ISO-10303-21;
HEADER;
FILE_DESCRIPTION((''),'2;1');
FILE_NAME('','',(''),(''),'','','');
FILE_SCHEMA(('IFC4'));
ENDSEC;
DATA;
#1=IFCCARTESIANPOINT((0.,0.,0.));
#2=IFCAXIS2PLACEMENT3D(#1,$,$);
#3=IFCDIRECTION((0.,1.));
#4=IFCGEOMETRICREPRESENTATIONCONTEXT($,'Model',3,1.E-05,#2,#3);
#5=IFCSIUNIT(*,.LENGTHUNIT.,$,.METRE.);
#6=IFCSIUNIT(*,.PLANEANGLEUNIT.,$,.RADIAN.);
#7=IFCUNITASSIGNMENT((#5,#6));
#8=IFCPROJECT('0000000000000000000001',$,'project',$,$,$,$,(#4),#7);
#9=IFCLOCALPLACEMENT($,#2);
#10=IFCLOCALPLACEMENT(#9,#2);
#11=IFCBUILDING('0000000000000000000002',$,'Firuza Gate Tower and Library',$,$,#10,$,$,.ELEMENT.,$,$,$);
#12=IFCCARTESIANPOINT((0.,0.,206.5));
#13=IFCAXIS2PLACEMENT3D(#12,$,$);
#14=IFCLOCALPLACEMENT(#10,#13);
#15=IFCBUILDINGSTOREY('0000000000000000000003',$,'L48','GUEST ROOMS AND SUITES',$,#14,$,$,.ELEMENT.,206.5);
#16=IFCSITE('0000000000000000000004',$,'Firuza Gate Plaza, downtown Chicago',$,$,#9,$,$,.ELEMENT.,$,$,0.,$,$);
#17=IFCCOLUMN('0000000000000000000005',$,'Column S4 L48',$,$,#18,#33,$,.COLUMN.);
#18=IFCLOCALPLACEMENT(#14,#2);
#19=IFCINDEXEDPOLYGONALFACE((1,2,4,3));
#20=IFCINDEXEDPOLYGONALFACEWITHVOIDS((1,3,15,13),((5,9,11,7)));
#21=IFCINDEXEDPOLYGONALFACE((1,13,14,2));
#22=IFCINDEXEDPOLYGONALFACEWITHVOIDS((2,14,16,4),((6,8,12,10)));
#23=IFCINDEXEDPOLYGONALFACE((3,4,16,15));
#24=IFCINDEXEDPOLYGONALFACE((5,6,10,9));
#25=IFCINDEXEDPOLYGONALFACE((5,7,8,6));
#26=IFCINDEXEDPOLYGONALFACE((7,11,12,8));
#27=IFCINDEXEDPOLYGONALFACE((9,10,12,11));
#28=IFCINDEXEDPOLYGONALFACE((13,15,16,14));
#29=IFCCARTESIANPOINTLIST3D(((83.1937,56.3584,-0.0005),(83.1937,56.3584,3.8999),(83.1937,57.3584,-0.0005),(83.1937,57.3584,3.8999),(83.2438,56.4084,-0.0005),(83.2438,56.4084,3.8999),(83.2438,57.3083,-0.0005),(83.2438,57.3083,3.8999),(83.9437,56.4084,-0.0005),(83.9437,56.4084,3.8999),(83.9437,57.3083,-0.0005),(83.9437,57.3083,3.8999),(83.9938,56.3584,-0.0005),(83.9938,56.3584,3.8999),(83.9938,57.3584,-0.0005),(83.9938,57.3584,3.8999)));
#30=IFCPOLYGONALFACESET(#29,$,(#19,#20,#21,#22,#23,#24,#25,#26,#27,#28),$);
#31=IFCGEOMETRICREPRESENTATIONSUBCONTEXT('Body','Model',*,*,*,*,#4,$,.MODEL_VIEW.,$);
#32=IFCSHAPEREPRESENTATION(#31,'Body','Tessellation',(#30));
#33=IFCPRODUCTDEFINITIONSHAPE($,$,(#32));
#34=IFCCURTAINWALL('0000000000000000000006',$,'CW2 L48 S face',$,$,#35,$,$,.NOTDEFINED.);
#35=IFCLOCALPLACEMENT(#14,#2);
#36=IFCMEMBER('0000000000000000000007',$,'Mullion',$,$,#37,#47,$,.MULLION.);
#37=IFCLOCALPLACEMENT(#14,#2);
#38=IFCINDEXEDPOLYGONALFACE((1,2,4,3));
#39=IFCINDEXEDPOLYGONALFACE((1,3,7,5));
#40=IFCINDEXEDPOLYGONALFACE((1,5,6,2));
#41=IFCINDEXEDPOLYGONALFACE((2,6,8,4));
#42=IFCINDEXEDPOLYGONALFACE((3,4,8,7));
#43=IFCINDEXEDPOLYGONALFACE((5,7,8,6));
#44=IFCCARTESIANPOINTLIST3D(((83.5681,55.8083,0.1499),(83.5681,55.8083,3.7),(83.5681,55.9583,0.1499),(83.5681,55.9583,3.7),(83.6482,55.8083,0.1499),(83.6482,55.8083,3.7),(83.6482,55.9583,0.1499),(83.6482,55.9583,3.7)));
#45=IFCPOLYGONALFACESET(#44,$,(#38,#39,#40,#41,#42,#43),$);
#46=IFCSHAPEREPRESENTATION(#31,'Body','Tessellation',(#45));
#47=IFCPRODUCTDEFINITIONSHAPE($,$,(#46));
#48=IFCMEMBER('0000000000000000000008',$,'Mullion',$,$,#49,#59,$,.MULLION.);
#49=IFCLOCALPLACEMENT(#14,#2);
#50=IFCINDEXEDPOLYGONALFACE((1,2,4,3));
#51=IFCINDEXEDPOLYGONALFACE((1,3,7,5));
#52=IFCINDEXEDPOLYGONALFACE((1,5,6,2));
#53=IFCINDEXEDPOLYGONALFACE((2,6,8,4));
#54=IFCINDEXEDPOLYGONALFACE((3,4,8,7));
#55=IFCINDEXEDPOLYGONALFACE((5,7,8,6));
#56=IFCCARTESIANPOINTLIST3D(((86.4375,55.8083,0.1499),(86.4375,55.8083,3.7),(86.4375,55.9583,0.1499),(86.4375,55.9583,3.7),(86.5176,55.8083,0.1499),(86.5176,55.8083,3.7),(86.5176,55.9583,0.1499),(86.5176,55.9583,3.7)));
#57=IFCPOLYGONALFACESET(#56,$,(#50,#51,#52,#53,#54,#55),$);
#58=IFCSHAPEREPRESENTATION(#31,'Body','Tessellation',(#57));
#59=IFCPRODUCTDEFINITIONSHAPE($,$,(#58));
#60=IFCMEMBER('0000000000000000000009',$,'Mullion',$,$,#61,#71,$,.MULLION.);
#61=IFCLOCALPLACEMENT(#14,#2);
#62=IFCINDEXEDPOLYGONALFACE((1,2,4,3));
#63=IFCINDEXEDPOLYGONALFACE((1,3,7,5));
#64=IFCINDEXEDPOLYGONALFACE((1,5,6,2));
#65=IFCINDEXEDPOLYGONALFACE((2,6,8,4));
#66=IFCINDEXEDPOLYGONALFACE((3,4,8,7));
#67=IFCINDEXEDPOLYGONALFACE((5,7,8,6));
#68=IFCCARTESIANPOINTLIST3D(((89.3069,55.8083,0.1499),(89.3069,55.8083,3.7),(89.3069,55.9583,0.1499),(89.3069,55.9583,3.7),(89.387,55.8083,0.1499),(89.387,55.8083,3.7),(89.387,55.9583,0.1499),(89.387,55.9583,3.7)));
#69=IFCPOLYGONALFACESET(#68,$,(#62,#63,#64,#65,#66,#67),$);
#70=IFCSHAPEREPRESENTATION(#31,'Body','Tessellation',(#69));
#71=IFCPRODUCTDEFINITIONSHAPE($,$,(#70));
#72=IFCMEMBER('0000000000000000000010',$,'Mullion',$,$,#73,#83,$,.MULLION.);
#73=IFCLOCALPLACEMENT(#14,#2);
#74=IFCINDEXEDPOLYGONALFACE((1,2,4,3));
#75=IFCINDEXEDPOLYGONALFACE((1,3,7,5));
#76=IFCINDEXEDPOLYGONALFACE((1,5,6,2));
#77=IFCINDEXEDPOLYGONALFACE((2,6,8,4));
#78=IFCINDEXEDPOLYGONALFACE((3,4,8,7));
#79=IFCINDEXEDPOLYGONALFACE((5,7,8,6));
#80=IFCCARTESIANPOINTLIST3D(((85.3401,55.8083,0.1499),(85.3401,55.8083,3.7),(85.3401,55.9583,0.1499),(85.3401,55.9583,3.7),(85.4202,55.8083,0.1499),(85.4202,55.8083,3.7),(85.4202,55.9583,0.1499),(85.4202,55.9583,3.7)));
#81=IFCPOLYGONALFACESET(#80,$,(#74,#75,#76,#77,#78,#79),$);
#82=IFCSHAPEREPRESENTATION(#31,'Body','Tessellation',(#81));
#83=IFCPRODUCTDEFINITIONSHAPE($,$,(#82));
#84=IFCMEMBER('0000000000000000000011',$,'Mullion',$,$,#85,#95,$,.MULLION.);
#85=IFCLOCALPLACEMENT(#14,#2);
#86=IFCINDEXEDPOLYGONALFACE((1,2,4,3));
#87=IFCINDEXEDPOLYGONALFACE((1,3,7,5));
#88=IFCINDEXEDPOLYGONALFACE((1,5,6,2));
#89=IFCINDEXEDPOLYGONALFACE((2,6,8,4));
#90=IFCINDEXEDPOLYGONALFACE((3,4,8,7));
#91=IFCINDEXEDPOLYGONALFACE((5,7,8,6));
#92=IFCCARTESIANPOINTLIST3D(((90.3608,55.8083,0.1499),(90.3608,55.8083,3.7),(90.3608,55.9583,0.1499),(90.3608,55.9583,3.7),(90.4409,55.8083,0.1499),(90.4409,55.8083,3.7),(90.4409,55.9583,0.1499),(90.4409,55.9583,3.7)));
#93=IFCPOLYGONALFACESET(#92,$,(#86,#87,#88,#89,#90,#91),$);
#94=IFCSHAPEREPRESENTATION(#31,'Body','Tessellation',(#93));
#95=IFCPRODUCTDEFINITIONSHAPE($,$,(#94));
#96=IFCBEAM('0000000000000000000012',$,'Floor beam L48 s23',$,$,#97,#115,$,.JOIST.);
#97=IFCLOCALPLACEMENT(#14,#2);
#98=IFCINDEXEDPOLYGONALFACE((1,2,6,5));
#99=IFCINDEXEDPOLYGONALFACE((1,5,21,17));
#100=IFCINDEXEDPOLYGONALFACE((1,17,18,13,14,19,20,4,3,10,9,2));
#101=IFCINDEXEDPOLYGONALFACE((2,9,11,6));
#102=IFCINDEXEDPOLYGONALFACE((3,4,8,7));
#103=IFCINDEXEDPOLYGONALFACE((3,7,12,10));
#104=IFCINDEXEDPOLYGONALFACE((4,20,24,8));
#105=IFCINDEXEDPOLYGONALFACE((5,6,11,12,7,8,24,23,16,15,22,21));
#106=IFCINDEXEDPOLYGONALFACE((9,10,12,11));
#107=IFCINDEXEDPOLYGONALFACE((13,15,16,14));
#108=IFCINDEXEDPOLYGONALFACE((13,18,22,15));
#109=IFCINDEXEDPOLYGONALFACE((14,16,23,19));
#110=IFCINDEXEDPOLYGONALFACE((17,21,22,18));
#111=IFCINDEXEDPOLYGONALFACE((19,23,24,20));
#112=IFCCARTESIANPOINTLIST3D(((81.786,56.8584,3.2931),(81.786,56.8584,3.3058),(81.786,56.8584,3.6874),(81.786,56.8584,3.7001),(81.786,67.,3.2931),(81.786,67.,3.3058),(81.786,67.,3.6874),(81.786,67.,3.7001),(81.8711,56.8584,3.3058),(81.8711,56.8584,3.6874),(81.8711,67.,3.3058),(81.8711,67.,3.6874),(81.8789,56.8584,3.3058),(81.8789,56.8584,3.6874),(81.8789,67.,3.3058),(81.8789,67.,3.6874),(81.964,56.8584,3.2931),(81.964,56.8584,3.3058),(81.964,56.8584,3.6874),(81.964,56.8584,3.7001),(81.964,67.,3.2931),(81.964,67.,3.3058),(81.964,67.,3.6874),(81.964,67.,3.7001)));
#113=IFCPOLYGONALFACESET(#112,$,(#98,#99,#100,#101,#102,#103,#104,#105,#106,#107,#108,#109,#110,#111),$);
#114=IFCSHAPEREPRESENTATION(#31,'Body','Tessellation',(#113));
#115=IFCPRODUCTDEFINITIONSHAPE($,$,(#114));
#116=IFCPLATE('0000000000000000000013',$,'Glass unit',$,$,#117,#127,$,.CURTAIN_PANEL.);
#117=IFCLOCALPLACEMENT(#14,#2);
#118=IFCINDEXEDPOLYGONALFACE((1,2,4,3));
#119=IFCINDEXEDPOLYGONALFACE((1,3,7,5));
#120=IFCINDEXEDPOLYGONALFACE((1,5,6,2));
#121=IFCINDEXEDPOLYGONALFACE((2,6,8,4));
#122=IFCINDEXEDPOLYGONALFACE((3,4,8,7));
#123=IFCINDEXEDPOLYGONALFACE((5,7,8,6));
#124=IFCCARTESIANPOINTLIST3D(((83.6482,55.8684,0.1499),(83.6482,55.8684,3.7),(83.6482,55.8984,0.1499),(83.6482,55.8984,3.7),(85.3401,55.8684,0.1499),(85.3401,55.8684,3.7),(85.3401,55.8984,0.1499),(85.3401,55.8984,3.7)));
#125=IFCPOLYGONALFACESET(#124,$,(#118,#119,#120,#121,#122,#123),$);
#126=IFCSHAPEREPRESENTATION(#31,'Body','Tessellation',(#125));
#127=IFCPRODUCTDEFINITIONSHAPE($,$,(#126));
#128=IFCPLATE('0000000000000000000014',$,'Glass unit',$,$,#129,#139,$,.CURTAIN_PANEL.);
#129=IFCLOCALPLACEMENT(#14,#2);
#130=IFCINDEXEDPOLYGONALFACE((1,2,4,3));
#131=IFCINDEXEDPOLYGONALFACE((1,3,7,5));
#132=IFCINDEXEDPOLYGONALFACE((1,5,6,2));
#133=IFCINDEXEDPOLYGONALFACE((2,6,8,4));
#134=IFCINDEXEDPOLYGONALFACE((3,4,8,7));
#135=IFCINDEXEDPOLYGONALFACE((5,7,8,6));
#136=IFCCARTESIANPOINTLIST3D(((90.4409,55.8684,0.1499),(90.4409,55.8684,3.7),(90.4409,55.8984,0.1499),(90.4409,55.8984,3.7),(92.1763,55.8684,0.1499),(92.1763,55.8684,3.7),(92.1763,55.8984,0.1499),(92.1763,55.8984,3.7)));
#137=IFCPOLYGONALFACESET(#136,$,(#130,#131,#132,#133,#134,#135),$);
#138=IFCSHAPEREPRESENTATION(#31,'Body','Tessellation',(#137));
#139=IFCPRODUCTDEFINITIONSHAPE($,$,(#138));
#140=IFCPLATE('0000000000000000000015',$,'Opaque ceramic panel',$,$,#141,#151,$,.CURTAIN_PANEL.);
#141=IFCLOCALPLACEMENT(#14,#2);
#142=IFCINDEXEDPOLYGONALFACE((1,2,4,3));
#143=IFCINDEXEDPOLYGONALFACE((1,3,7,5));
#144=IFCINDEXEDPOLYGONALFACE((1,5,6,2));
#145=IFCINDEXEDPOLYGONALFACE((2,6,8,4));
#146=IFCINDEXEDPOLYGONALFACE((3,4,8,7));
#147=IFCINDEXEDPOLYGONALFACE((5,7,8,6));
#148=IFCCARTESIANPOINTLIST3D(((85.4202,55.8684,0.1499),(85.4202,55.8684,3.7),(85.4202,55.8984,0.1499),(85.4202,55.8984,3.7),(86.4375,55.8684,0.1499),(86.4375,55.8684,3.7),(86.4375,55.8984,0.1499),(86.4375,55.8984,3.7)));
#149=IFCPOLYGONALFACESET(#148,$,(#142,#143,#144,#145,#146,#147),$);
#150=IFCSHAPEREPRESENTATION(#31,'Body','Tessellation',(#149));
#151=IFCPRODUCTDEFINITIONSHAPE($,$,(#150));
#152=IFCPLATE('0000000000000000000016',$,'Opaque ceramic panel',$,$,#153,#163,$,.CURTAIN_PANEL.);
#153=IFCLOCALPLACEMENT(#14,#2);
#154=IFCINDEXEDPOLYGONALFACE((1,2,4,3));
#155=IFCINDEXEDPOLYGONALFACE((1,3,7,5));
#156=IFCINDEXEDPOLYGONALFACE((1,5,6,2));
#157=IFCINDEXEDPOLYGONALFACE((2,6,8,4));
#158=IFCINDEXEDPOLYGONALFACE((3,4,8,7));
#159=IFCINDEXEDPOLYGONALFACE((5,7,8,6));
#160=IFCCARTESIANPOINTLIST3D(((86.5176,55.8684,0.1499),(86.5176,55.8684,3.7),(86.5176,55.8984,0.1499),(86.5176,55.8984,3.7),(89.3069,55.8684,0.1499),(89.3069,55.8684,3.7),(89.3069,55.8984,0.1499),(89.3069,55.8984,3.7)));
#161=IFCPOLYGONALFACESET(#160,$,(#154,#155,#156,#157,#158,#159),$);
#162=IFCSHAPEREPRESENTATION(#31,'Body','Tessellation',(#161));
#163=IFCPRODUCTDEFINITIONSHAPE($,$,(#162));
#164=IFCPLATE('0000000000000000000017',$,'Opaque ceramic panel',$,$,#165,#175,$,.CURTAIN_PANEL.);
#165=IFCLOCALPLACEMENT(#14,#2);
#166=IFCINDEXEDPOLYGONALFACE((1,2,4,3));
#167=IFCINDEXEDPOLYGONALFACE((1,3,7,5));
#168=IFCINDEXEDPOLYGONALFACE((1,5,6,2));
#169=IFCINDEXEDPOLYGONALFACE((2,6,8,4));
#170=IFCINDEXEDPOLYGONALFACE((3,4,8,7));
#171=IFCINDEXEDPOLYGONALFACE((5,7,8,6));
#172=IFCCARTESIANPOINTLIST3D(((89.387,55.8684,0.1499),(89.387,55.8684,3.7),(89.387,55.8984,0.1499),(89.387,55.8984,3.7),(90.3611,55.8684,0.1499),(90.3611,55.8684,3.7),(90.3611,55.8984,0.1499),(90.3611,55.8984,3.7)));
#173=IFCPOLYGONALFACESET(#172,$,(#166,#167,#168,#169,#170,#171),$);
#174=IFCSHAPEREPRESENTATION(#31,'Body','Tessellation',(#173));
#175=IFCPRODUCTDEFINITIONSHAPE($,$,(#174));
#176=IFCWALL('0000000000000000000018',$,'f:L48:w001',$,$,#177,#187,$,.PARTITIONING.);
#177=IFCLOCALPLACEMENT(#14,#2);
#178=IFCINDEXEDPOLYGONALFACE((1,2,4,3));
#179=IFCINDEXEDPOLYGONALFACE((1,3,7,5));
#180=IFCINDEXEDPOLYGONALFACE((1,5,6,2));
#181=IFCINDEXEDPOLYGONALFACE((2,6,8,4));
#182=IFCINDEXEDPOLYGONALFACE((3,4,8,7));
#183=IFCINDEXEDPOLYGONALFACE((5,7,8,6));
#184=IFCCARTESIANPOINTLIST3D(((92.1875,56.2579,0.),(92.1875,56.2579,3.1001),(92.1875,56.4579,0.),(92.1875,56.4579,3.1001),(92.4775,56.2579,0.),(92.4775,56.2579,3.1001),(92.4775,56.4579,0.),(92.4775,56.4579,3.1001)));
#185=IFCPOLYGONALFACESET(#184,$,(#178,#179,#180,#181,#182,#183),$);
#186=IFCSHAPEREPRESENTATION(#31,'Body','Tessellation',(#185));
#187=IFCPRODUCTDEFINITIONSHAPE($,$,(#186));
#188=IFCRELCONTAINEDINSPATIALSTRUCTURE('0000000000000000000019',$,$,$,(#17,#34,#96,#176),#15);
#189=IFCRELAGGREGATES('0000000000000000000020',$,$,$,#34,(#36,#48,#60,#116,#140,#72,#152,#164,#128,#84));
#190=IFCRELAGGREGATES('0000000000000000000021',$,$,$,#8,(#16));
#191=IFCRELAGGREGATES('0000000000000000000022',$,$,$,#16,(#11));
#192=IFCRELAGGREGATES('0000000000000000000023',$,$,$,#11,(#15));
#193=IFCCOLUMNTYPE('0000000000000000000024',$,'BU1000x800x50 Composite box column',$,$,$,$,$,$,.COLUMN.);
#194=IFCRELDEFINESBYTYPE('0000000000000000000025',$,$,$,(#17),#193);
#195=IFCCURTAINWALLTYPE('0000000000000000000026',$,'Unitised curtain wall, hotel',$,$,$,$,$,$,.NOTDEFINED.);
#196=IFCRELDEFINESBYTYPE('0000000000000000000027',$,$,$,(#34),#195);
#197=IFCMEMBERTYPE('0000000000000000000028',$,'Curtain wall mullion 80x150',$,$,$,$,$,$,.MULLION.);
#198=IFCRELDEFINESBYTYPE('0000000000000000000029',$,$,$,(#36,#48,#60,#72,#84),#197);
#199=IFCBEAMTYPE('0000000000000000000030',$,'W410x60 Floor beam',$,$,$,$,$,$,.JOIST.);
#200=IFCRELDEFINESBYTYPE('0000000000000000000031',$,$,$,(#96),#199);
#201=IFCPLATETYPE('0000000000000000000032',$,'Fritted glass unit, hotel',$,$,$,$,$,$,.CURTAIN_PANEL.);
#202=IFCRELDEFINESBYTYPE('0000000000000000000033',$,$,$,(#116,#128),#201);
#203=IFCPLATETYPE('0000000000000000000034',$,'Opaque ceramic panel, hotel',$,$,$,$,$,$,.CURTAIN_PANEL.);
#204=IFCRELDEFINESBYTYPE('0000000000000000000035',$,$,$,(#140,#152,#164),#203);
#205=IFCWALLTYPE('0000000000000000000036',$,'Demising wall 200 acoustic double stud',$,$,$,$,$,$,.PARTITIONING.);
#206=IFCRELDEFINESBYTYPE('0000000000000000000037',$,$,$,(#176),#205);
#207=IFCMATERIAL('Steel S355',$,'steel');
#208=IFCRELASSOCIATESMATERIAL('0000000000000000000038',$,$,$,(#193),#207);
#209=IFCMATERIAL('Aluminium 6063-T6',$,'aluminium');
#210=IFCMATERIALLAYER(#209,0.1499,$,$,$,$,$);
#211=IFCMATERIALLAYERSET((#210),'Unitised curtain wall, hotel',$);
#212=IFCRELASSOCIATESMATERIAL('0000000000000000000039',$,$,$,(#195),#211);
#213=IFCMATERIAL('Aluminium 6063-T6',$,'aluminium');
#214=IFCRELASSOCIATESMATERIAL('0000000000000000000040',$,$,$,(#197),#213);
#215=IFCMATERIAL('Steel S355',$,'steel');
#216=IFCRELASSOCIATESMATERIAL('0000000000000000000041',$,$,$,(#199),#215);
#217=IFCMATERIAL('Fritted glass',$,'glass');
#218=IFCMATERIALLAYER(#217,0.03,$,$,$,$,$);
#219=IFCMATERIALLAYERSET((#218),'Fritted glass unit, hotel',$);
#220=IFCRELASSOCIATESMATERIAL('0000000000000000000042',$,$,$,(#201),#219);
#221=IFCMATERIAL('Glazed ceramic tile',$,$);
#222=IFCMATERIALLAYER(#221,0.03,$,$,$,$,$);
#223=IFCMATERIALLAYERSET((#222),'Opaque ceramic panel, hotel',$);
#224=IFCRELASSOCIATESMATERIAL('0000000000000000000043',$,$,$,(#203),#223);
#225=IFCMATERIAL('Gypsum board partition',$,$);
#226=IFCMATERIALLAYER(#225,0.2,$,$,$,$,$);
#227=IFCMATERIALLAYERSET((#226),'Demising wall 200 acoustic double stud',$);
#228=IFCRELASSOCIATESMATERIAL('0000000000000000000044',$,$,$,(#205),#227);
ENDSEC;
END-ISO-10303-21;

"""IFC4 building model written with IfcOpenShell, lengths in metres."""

from ifc_helpers import new_model, si_unit, direction, frame, frame_2d, origin, origin_2d, place, context, subcontext, project, spatial, polyline, rectangle, hollow_rectangle, i_section, outline, extrude, material, layer, layer_set, material_profile, profile_set, type_object, element, aggregate, save


model = new_model("IFC4")

# Units and contexts
model_context = context("Model", 3, precision=1e-05, world=origin(), true_north=direction((0.0, 1.0)))
body_context = subcontext(model_context, "Body", "Model", "MODEL_VIEW")
ifc_project = project(units=[si_unit("LENGTHUNIT", "METRE"), si_unit("PLANEANGLEUNIT", "RADIAN")], contexts=[model_context])

# Site, building, storey
site_placement = place(None, origin())
site = spatial("IfcSite", under=ifc_project, at=site_placement, Name="Firuza Gate Plaza, downtown Chicago", CompositionType="ELEMENT", RefElevation=0.0)
building_placement = place(site_placement, origin())
building = spatial("IfcBuilding", under=site, at=building_placement, Name="Firuza Gate Tower and Library", CompositionType="ELEMENT")
storey_placement = place(building_placement, frame((0.0, 0.0, 206.5)))
storey = spatial("IfcBuildingStorey", under=building, at=storey_placement, Name="L48", Description="GUEST ROOMS AND SUITES", CompositionType="ELEMENT", Elevation=206.5)

# Column
ifc_material_1 = material(Name="Steel S355", Category="steel")
ifc_material_profile_1 = material_profile(ifc_material_1, hollow_rectangle(XDim=0.8, YDim=1.0, WallThickness=0.05, at=origin_2d()))
ifc_profile_set_1 = profile_set([ifc_material_profile_1], Name="Steel S355")
column_type = type_object("IfcColumnType", Name="BU1000x800x50 Composite box column", PredefinedType="COLUMN", material=ifc_profile_set_1)
column_placement = place(storey_placement, frame((83.5938, 56.8584, -0.0005), z_axis=(0.0, 0.0, 1.0), x_axis=(1.0, 0.0, 0.0)))
element("IfcColumn", 1, at=column_placement, inside=storey, type_object=column_type, Name="Column S4 L48", PredefinedType="COLUMN", context=body_context, shape_type="SweptSolid", body=[
    extrude(hollow_rectangle(XDim=0.8, YDim=1.0, WallThickness=0.05, at=origin_2d()), origin(), (0.0, 0.0, 1.0), 3.9004),
])

# Curtain wall, members
ifc_material_2 = material(Name="Aluminium 6063-T6", Category="aluminium")
ifc_layer_1 = layer(ifc_material_2, 0.1499)
ifc_layer_set_1 = layer_set([ifc_layer_1], Name="Unitised curtain wall, hotel")
curtain_wall_type = type_object("IfcCurtainWallType", Name="Unitised curtain wall, hotel", PredefinedType="NOTDEFINED", material=ifc_layer_set_1)
curtain_wall_placement = place(storey_placement, origin())
curtain_wall = element("IfcCurtainWall", 2, at=curtain_wall_placement, inside=storey, type_object=curtain_wall_type, Name="CW2 L48 S face", PredefinedType="NOTDEFINED")
ifc_material_3 = material(Name="Aluminium 6063-T6", Category="aluminium")
ifc_material_profile_2 = material_profile(ifc_material_3, rectangle(XDim=0.1499, YDim=0.0801, at=origin_2d()))
ifc_profile_set_2 = profile_set([ifc_material_profile_2], Name="Aluminium 6063-T6")
member_type = type_object("IfcMemberType", Name="Curtain wall mullion 80x150", PredefinedType="MULLION", material=ifc_profile_set_2)
member_1_placement = place(storey_placement, frame((83.6082, 55.8833, 0.1499), z_axis=(0.0, 0.0, 1.0), x_axis=(0.0, 1.0, 0.0)))
member_1 = element("IfcMember", 3, at=member_1_placement, type_object=member_type, Name="Mullion", PredefinedType="MULLION", context=body_context, shape_type="SweptSolid", body=[
    extrude(rectangle(XDim=0.1499, YDim=0.0801, at=origin_2d()), origin(), (0.0, 0.0, 1.0), 3.55),
])
member_2_placement = place(storey_placement, frame((86.4775, 55.8833, 0.1499), z_axis=(0.0, 0.0, 1.0), x_axis=(0.0, 1.0, 0.0)))
member_2 = element("IfcMember", 4, at=member_2_placement, type_object=member_type, Name="Mullion", PredefinedType="MULLION", context=body_context, shape_type="SweptSolid", body=[
    extrude(rectangle(XDim=0.1499, YDim=0.0801, at=origin_2d()), origin(), (0.0, 0.0, 1.0), 3.55),
])
member_3_placement = place(storey_placement, frame((89.3469, 55.8833, 0.1499), z_axis=(0.0, 0.0, 1.0), x_axis=(0.0, 1.0, 0.0)))
member_3 = element("IfcMember", 5, at=member_3_placement, type_object=member_type, Name="Mullion", PredefinedType="MULLION", context=body_context, shape_type="SweptSolid", body=[
    extrude(rectangle(XDim=0.1499, YDim=0.0801, at=origin_2d()), origin(), (0.0, 0.0, 1.0), 3.55),
])
member_4_placement = place(storey_placement, frame((85.3801, 55.8833, 0.1499), z_axis=(0.0, 0.0, 1.0), x_axis=(0.0, 1.0, 0.0)))
member_4 = element("IfcMember", 6, at=member_4_placement, type_object=member_type, Name="Mullion", PredefinedType="MULLION", context=body_context, shape_type="SweptSolid", body=[
    extrude(rectangle(XDim=0.1499, YDim=0.0801, at=origin_2d()), origin(), (0.0, 0.0, 1.0), 3.55),
])
member_5_placement = place(storey_placement, frame((90.4009, 55.8833, 0.1499), z_axis=(0.0, 0.0, 1.0), x_axis=(0.0, 1.0, 0.0)))
member_5 = element("IfcMember", 7, at=member_5_placement, type_object=member_type, Name="Mullion", PredefinedType="MULLION", context=body_context, shape_type="SweptSolid", body=[
    extrude(rectangle(XDim=0.1499, YDim=0.0801, at=origin_2d()), origin(), (0.0, 0.0, 1.0), 3.55),
])

# Beam
ifc_material_4 = material(Name="Steel S355", Category="steel")
ifc_material_profile_3 = material_profile(ifc_material_4, i_section(OverallWidth=0.178, OverallDepth=0.407, WebThickness=0.0078, FlangeThickness=0.0127, at=origin_2d()))
ifc_profile_set_3 = profile_set([ifc_material_profile_3], Name="Steel S355")
beam_type = type_object("IfcBeamType", Name="W410x60 Floor beam", PredefinedType="JOIST", material=ifc_profile_set_3)
beam_placement = place(storey_placement, frame((81.875, 56.8584, 3.4966), z_axis=(0.0, 1.0, 0.0), x_axis=(-1.0, 0.0, 0.0)))
element("IfcBeam", 8, at=beam_placement, inside=storey, type_object=beam_type, Name="Floor beam L48 s23", PredefinedType="JOIST", context=body_context, shape_type="SweptSolid", body=[
    extrude(i_section(OverallWidth=0.178, OverallDepth=0.407, WebThickness=0.0078, FlangeThickness=0.0127, at=origin_2d()), origin(), (0.0, 0.0, 1.0), 10.1416),
])

# Plates
ifc_material_5 = material(Name="Fritted glass", Category="glass")
ifc_layer_2 = layer(ifc_material_5, 0.03)
ifc_layer_set_2 = layer_set([ifc_layer_2], Name="Fritted glass unit, hotel")
plate_type_1 = type_object("IfcPlateType", Name="Fritted glass unit, hotel", PredefinedType="CURTAIN_PANEL", material=ifc_layer_set_2)
plate_1_placement = place(storey_placement, frame((83.6482, 55.8684, 0.1499), z_axis=(0.0, -1.0, 0.0), x_axis=(1.0, 0.0, 0.0)))
plate_1 = element("IfcPlate", 9, at=plate_1_placement, type_object=plate_type_1, Name="Glass unit", PredefinedType="CURTAIN_PANEL", context=body_context, shape_type="SweptSolid", body=[
    extrude(outline(polyline([(0.0, 0.0), (1.6919, 0.0), (1.6919, 3.55), (0.0, 3.55), (0.0, 0.0)])), origin(), (0.0, 0.0, -1.0), 0.03),
])
plate_2_placement = place(storey_placement, frame((90.4409, 55.8684, 0.1499), z_axis=(0.0, -1.0, 0.0), x_axis=(1.0, 0.0, 0.0)))
plate_2 = element("IfcPlate", 10, at=plate_2_placement, type_object=plate_type_1, Name="Glass unit", PredefinedType="CURTAIN_PANEL", context=body_context, shape_type="SweptSolid", body=[
    extrude(outline(polyline([(0.0, 0.0), (1.7354, 0.0), (1.7354, 3.55), (0.0, 3.55), (0.0, 0.0)])), origin(), (0.0, 0.0, -1.0), 0.03),
])
ifc_material_6 = material(Name="Glazed ceramic tile")
ifc_layer_3 = layer(ifc_material_6, 0.03)
ifc_layer_set_3 = layer_set([ifc_layer_3], Name="Opaque ceramic panel, hotel")
plate_type_2 = type_object("IfcPlateType", Name="Opaque ceramic panel, hotel", PredefinedType="CURTAIN_PANEL", material=ifc_layer_set_3)
plate_3_placement = place(storey_placement, frame((85.4202, 55.8684, 0.1499), z_axis=(0.0, -1.0, 0.0), x_axis=(1.0, 0.0, 0.0)))
plate_3 = element("IfcPlate", 11, at=plate_3_placement, type_object=plate_type_2, Name="Opaque ceramic panel", PredefinedType="CURTAIN_PANEL", context=body_context, shape_type="SweptSolid", body=[
    extrude(outline(polyline([(0.0, 0.0), (1.0173, 0.0), (1.0173, 3.55), (0.0, 3.55), (0.0, 0.0)])), origin(), (0.0, 0.0, -1.0), 0.03),
])
plate_4_placement = place(storey_placement, frame((86.5176, 55.8684, 0.1499), z_axis=(0.0, -1.0, 0.0), x_axis=(1.0, 0.0, 0.0)))
plate_4 = element("IfcPlate", 12, at=plate_4_placement, type_object=plate_type_2, Name="Opaque ceramic panel", PredefinedType="CURTAIN_PANEL", context=body_context, shape_type="SweptSolid", body=[
    extrude(outline(polyline([(0.0, 0.0), (2.7893, 0.0), (2.7893, 3.55), (0.0, 3.55), (0.0, 0.0)])), origin(), (0.0, 0.0, -1.0), 0.03),
])
plate_5_placement = place(storey_placement, frame((89.387, 55.8684, 0.1499), z_axis=(0.0, -1.0, 0.0), x_axis=(1.0, 0.0, 0.0)))
plate_5 = element("IfcPlate", 13, at=plate_5_placement, type_object=plate_type_2, Name="Opaque ceramic panel", PredefinedType="CURTAIN_PANEL", context=body_context, shape_type="SweptSolid", body=[
    extrude(outline(polyline([(0.0, 0.0), (0.9741, 0.0), (0.9741, 3.55), (0.0, 3.55), (0.0, 0.0)])), origin(), (0.0, 0.0, -1.0), 0.03),
])
aggregate(curtain_wall, [member_1, member_2, member_3, plate_1, plate_3, member_4, plate_4, plate_5, plate_2, member_5])

# Wall
ifc_material_7 = material(Name="Gypsum board partition")
ifc_layer_4 = layer(ifc_material_7, 0.2)
ifc_layer_set_4 = layer_set([ifc_layer_4], Name="Demising wall 200 acoustic double stud")
wall_type = type_object("IfcWallType", Name="Demising wall 200 acoustic double stud", PredefinedType="PARTITIONING", material=ifc_layer_set_4)
wall_1_placement = place(storey_placement, frame((92.1875, 56.3579, 0.0), z_axis=(0.0, 0.0, 1.0), x_axis=(1.0, 0.0, 0.0)))
element("IfcWall", 14, at=wall_1_placement, inside=storey, type_object=wall_type, Name="f:L48:w001", PredefinedType="PARTITIONING", context=body_context, shape_type="SweptSolid", body=[
    extrude(rectangle(XDim=0.29, YDim=0.2, at=frame_2d((0.145, 0.0))), origin(), (0.0, 0.0, 1.0), 3.1001),
])

save(model, "model.ifc")
